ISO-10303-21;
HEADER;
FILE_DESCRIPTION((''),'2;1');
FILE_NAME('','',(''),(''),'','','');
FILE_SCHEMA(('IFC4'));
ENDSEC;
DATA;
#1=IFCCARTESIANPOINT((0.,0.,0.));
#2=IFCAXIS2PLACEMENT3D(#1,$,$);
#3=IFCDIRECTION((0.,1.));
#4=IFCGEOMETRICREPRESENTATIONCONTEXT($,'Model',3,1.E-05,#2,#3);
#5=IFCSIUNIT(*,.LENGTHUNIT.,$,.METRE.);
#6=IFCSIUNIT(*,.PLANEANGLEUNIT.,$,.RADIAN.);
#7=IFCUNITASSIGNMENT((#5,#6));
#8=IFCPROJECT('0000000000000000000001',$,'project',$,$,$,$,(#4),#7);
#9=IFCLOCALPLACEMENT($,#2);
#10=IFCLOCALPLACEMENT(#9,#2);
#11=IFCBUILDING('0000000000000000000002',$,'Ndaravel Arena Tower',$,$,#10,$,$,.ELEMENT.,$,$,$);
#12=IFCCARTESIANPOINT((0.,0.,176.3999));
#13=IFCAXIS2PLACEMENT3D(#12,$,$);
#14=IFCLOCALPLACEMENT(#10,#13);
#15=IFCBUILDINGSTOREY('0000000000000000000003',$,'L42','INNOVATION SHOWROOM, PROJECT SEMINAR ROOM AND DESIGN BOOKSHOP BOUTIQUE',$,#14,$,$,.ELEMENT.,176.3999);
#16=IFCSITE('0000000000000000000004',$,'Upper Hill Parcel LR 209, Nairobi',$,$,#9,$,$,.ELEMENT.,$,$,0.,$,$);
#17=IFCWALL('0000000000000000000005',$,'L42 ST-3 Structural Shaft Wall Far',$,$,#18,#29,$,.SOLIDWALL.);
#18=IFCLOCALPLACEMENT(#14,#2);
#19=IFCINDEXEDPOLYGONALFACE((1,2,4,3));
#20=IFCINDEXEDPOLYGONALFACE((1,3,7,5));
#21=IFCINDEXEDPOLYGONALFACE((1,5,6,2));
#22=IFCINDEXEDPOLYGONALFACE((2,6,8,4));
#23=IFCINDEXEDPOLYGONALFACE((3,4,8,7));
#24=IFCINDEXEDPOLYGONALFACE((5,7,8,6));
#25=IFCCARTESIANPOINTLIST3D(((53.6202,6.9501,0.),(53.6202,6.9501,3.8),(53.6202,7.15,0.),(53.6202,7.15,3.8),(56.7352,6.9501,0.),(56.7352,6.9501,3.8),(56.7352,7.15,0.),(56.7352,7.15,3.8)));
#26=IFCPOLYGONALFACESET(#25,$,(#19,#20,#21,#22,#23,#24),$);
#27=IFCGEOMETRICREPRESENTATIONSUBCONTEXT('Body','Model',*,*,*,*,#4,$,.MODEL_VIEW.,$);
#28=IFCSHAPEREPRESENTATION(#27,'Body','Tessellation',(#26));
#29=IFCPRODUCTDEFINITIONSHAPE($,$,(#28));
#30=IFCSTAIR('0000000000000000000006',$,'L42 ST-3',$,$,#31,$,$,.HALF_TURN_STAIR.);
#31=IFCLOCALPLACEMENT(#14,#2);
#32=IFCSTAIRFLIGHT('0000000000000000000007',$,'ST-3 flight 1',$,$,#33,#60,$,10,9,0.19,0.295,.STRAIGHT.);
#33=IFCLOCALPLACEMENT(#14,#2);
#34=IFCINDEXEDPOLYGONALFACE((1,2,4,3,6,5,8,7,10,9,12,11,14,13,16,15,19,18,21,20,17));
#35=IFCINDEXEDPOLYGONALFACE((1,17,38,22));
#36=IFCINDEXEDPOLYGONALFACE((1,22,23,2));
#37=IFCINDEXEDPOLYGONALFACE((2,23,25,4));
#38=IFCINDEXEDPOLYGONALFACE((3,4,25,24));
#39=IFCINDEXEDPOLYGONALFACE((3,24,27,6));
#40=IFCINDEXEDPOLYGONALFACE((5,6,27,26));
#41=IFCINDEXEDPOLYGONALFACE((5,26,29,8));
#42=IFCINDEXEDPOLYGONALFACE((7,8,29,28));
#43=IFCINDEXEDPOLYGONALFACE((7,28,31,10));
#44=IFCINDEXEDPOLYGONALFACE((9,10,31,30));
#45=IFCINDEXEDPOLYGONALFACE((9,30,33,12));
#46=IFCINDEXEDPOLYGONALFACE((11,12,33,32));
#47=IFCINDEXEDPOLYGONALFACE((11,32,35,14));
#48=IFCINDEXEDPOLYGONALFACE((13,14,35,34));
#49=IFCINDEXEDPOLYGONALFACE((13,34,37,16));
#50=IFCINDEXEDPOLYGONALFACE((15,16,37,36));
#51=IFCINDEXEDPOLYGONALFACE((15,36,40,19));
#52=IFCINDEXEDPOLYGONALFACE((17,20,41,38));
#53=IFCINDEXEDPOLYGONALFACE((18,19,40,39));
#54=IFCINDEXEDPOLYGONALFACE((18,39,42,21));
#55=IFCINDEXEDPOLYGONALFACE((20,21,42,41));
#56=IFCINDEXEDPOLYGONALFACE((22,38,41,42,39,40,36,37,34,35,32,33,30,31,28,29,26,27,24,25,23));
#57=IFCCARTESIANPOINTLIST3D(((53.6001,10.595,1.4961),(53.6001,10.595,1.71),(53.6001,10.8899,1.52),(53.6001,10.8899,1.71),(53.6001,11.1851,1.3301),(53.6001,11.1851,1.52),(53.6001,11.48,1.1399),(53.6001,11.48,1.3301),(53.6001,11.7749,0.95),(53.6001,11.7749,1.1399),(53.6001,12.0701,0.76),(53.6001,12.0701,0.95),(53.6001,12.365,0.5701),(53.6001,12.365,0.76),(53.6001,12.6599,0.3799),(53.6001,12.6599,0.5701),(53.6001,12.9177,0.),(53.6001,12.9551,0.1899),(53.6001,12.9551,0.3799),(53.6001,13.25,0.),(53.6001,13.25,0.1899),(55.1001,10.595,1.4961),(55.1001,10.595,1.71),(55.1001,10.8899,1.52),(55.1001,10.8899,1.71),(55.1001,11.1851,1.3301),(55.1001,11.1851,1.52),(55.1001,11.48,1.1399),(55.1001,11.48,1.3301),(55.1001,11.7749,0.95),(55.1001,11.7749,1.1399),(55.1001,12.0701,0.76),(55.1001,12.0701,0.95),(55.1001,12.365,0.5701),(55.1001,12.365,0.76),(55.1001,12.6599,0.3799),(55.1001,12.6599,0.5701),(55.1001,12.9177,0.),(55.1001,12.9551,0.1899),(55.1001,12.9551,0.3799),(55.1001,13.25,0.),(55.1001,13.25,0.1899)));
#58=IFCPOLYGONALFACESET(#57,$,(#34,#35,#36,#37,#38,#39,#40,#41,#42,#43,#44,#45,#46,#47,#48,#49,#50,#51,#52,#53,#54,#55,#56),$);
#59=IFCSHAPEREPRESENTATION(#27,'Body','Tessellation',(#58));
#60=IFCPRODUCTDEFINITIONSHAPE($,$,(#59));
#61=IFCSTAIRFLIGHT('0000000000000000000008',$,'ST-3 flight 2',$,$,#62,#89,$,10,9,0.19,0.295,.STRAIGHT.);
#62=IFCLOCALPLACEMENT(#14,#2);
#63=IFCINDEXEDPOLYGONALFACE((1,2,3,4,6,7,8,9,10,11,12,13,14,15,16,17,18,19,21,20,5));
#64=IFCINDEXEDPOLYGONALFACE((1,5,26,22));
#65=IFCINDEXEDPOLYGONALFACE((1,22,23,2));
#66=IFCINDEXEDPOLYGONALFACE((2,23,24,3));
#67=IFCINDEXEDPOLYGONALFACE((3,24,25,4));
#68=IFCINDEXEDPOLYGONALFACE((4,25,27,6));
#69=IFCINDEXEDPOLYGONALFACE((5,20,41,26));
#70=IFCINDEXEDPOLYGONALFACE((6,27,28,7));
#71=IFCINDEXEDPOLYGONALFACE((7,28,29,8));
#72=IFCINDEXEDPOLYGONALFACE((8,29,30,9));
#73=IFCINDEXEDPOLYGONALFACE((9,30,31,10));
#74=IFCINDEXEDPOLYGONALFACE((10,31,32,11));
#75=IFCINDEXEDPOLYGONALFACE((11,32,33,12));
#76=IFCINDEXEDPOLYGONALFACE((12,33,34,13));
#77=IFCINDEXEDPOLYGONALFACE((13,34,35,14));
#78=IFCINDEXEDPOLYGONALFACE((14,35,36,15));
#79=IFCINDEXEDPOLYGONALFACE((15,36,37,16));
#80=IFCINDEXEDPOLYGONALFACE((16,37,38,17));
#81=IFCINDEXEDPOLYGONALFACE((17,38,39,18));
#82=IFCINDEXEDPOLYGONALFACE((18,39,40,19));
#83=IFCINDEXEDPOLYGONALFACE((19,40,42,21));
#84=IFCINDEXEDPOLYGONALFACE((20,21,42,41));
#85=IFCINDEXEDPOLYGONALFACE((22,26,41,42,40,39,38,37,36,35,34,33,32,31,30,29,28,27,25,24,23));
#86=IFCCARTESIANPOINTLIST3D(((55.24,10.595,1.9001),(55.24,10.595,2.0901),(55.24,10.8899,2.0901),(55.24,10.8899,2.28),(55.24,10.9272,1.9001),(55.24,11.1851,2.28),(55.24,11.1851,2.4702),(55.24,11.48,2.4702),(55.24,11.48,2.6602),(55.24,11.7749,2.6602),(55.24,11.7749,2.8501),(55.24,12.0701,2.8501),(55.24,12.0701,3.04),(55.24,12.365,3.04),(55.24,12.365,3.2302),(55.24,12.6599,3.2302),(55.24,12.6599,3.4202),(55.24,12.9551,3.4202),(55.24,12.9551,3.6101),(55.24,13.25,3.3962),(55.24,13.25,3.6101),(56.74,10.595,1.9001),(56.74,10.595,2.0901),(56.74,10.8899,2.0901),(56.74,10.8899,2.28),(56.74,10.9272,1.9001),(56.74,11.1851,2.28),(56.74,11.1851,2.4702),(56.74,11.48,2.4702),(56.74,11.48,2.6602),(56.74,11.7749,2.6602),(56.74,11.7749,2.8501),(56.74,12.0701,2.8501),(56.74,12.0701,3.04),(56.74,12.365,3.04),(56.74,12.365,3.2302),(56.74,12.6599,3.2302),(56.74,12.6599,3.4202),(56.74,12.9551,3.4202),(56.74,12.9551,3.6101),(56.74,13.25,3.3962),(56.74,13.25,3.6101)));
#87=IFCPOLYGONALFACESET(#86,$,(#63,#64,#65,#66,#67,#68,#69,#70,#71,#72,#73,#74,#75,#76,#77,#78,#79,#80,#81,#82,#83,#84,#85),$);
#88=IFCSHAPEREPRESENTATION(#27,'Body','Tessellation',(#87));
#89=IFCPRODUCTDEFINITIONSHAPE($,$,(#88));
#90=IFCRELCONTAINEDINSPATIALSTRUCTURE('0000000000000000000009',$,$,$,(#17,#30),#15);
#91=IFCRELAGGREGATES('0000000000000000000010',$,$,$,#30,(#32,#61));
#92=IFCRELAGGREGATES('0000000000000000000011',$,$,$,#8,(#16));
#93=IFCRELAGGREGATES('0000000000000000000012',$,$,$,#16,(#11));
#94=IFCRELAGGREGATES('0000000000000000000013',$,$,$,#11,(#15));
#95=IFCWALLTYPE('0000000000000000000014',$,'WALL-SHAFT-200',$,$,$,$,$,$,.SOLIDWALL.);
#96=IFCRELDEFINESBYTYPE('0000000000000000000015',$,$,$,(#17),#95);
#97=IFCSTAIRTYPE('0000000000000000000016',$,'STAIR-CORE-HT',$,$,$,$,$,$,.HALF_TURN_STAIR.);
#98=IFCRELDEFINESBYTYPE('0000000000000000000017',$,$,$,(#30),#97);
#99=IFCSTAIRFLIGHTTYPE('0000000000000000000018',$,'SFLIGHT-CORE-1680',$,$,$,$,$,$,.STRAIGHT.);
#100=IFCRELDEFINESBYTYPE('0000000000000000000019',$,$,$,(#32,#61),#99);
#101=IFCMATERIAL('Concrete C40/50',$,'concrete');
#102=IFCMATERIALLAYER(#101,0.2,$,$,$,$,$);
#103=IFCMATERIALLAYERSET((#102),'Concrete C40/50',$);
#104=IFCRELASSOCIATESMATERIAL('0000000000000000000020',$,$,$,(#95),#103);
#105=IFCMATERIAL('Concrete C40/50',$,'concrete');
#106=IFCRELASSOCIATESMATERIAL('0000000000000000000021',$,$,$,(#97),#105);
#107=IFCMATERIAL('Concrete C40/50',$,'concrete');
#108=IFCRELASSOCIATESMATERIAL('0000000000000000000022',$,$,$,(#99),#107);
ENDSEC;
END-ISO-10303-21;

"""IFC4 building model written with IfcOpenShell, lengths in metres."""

from ifc_helpers import new_model, si_unit, direction, frame, frame_2d, origin, place, context, subcontext, project, spatial, polyline, rectangle, outline, extrude, material, layer, layer_set, type_object, element, aggregate, save


model = new_model("IFC4")

# Units and contexts
model_context = context("Model", 3, precision=1e-05, world=origin(), true_north=direction((0.0, 1.0)))
body_context = subcontext(model_context, "Body", "Model", "MODEL_VIEW")
ifc_project = project(units=[si_unit("LENGTHUNIT", "METRE"), si_unit("PLANEANGLEUNIT", "RADIAN")], contexts=[model_context])

# Site, building, storey
site_placement = place(None, origin())
site = spatial("IfcSite", under=ifc_project, at=site_placement, Name="Upper Hill Parcel LR 209, Nairobi", CompositionType="ELEMENT", RefElevation=0.0)
building_placement = place(site_placement, origin())
building = spatial("IfcBuilding", under=site, at=building_placement, Name="Ndaravel Arena Tower", CompositionType="ELEMENT")
storey_placement = place(building_placement, frame((0.0, 0.0, 176.3999)))
storey = spatial("IfcBuildingStorey", under=building, at=storey_placement, Name="L42", Description="INNOVATION SHOWROOM, PROJECT SEMINAR ROOM AND DESIGN BOOKSHOP BOUTIQUE", CompositionType="ELEMENT", Elevation=176.3999)

# Wall
ifc_material_1 = material(Name="Concrete C40/50", Category="concrete")
ifc_layer_1 = layer(ifc_material_1, 0.2)
ifc_layer_set_1 = layer_set([ifc_layer_1], Name="Concrete C40/50")
wall_type_1 = type_object("IfcWallType", Name="WALL-SHAFT-200", PredefinedType="SOLIDWALL", material=ifc_layer_set_1)
wall_1_placement = place(storey_placement, frame((53.6201, 7.05, 0.0), z_axis=(0.0, 0.0, 1.0), x_axis=(1.0, 0.0, 0.0)))
element("IfcWall", 1, at=wall_1_placement, inside=storey, type_object=wall_type_1, Name="L42 ST-3 Structural Shaft Wall Far", PredefinedType="SOLIDWALL", context=body_context, shape_type="SweptSolid", body=[
    extrude(rectangle(XDim=3.115, YDim=0.2, at=frame_2d((1.5576, 0.0))), origin(), (0.0, 0.0, 1.0), 3.8),
])

# Stair, stair flights
ifc_material_2 = material(Name="Concrete C40/50", Category="concrete")
stair_type = type_object("IfcStairType", Name="STAIR-CORE-HT", PredefinedType="HALF_TURN_STAIR", material=ifc_material_2)
stair_placement = place(storey_placement, origin())
stair = element("IfcStair", 2, at=stair_placement, inside=storey, type_object=stair_type, Name="L42 ST-3", PredefinedType="HALF_TURN_STAIR")
ifc_material_3 = material(Name="Concrete C40/50", Category="concrete")
stair_flight_type = type_object("IfcStairFlightType", Name="SFLIGHT-CORE-1680", PredefinedType="STRAIGHT", material=ifc_material_3)
stair_flight_1_placement = place(storey_placement, frame((54.3501, 13.25, 0.0), z_axis=(0.0, 0.0, 1.0), x_axis=(0.0, -1.0, 0.0)))
stair_flight_1 = element("IfcStairFlight", 3, at=stair_flight_1_placement, type_object=stair_flight_type, Name="ST-3 flight 1", NumberOfRisers=10, NumberOfTreads=9, PredefinedType="STRAIGHT", RiserHeight=0.19, TreadLength=0.295, context=body_context, shape_type="SweptSolid", body=[
    extrude(outline(polyline([(0.0, 0.0), (0.0, 0.1899), (0.2949, 0.1899), (0.2949, 0.3799), (0.5901, 0.3799), (0.5901, 0.5701), (0.885, 0.5701), (0.885, 0.76), (1.1799, 0.76), (1.1799, 0.95), (1.4751, 0.95), (1.4751, 1.1399), (1.77, 1.1399), (1.77, 1.3301), (2.0649, 1.3301), (2.0649, 1.52), (2.3601, 1.52), (2.3601, 1.71), (2.655, 1.71), (2.655, 1.8999), (2.655, 1.4961), (0.3323, 0.0), (0.0, 0.0)])), frame((0.0, 0.75, 0.0), z_axis=(0.0, -1.0, 0.0), x_axis=(1.0, 0.0, 0.0)), (0.0, 0.0, 1.0), 1.5),
])
stair_flight_2_placement = place(storey_placement, frame((55.99, 10.595, 1.9001), z_axis=(0.0, 0.0, 1.0), x_axis=(0.0, 1.0, 0.0)))
stair_flight_2 = element("IfcStairFlight", 4, at=stair_flight_2_placement, type_object=stair_flight_type, Name="ST-3 flight 2", NumberOfRisers=10, NumberOfTreads=9, PredefinedType="STRAIGHT", RiserHeight=0.19, TreadLength=0.295, context=body_context, shape_type="SweptSolid", body=[
    extrude(outline(polyline([(0.0, 0.0), (0.0, 0.1899), (0.2949, 0.1899), (0.2949, 0.3799), (0.5901, 0.3799), (0.5901, 0.5701), (0.885, 0.5701), (0.885, 0.76), (1.1799, 0.76), (1.1799, 0.95), (1.4751, 0.95), (1.4751, 1.1399), (1.77, 1.1399), (1.77, 1.3301), (2.0649, 1.3301), (2.0649, 1.52), (2.3601, 1.52), (2.3601, 1.71), (2.655, 1.71), (2.655, 1.8999), (2.655, 1.4961), (0.3323, 0.0), (0.0, 0.0)])), frame((0.0, 0.75, 0.0), z_axis=(0.0, -1.0, 0.0), x_axis=(1.0, 0.0, 0.0)), (0.0, 0.0, 1.0), 1.5),
])
aggregate(stair, [stair_flight_1, stair_flight_2])

save(model, "model.ifc")
